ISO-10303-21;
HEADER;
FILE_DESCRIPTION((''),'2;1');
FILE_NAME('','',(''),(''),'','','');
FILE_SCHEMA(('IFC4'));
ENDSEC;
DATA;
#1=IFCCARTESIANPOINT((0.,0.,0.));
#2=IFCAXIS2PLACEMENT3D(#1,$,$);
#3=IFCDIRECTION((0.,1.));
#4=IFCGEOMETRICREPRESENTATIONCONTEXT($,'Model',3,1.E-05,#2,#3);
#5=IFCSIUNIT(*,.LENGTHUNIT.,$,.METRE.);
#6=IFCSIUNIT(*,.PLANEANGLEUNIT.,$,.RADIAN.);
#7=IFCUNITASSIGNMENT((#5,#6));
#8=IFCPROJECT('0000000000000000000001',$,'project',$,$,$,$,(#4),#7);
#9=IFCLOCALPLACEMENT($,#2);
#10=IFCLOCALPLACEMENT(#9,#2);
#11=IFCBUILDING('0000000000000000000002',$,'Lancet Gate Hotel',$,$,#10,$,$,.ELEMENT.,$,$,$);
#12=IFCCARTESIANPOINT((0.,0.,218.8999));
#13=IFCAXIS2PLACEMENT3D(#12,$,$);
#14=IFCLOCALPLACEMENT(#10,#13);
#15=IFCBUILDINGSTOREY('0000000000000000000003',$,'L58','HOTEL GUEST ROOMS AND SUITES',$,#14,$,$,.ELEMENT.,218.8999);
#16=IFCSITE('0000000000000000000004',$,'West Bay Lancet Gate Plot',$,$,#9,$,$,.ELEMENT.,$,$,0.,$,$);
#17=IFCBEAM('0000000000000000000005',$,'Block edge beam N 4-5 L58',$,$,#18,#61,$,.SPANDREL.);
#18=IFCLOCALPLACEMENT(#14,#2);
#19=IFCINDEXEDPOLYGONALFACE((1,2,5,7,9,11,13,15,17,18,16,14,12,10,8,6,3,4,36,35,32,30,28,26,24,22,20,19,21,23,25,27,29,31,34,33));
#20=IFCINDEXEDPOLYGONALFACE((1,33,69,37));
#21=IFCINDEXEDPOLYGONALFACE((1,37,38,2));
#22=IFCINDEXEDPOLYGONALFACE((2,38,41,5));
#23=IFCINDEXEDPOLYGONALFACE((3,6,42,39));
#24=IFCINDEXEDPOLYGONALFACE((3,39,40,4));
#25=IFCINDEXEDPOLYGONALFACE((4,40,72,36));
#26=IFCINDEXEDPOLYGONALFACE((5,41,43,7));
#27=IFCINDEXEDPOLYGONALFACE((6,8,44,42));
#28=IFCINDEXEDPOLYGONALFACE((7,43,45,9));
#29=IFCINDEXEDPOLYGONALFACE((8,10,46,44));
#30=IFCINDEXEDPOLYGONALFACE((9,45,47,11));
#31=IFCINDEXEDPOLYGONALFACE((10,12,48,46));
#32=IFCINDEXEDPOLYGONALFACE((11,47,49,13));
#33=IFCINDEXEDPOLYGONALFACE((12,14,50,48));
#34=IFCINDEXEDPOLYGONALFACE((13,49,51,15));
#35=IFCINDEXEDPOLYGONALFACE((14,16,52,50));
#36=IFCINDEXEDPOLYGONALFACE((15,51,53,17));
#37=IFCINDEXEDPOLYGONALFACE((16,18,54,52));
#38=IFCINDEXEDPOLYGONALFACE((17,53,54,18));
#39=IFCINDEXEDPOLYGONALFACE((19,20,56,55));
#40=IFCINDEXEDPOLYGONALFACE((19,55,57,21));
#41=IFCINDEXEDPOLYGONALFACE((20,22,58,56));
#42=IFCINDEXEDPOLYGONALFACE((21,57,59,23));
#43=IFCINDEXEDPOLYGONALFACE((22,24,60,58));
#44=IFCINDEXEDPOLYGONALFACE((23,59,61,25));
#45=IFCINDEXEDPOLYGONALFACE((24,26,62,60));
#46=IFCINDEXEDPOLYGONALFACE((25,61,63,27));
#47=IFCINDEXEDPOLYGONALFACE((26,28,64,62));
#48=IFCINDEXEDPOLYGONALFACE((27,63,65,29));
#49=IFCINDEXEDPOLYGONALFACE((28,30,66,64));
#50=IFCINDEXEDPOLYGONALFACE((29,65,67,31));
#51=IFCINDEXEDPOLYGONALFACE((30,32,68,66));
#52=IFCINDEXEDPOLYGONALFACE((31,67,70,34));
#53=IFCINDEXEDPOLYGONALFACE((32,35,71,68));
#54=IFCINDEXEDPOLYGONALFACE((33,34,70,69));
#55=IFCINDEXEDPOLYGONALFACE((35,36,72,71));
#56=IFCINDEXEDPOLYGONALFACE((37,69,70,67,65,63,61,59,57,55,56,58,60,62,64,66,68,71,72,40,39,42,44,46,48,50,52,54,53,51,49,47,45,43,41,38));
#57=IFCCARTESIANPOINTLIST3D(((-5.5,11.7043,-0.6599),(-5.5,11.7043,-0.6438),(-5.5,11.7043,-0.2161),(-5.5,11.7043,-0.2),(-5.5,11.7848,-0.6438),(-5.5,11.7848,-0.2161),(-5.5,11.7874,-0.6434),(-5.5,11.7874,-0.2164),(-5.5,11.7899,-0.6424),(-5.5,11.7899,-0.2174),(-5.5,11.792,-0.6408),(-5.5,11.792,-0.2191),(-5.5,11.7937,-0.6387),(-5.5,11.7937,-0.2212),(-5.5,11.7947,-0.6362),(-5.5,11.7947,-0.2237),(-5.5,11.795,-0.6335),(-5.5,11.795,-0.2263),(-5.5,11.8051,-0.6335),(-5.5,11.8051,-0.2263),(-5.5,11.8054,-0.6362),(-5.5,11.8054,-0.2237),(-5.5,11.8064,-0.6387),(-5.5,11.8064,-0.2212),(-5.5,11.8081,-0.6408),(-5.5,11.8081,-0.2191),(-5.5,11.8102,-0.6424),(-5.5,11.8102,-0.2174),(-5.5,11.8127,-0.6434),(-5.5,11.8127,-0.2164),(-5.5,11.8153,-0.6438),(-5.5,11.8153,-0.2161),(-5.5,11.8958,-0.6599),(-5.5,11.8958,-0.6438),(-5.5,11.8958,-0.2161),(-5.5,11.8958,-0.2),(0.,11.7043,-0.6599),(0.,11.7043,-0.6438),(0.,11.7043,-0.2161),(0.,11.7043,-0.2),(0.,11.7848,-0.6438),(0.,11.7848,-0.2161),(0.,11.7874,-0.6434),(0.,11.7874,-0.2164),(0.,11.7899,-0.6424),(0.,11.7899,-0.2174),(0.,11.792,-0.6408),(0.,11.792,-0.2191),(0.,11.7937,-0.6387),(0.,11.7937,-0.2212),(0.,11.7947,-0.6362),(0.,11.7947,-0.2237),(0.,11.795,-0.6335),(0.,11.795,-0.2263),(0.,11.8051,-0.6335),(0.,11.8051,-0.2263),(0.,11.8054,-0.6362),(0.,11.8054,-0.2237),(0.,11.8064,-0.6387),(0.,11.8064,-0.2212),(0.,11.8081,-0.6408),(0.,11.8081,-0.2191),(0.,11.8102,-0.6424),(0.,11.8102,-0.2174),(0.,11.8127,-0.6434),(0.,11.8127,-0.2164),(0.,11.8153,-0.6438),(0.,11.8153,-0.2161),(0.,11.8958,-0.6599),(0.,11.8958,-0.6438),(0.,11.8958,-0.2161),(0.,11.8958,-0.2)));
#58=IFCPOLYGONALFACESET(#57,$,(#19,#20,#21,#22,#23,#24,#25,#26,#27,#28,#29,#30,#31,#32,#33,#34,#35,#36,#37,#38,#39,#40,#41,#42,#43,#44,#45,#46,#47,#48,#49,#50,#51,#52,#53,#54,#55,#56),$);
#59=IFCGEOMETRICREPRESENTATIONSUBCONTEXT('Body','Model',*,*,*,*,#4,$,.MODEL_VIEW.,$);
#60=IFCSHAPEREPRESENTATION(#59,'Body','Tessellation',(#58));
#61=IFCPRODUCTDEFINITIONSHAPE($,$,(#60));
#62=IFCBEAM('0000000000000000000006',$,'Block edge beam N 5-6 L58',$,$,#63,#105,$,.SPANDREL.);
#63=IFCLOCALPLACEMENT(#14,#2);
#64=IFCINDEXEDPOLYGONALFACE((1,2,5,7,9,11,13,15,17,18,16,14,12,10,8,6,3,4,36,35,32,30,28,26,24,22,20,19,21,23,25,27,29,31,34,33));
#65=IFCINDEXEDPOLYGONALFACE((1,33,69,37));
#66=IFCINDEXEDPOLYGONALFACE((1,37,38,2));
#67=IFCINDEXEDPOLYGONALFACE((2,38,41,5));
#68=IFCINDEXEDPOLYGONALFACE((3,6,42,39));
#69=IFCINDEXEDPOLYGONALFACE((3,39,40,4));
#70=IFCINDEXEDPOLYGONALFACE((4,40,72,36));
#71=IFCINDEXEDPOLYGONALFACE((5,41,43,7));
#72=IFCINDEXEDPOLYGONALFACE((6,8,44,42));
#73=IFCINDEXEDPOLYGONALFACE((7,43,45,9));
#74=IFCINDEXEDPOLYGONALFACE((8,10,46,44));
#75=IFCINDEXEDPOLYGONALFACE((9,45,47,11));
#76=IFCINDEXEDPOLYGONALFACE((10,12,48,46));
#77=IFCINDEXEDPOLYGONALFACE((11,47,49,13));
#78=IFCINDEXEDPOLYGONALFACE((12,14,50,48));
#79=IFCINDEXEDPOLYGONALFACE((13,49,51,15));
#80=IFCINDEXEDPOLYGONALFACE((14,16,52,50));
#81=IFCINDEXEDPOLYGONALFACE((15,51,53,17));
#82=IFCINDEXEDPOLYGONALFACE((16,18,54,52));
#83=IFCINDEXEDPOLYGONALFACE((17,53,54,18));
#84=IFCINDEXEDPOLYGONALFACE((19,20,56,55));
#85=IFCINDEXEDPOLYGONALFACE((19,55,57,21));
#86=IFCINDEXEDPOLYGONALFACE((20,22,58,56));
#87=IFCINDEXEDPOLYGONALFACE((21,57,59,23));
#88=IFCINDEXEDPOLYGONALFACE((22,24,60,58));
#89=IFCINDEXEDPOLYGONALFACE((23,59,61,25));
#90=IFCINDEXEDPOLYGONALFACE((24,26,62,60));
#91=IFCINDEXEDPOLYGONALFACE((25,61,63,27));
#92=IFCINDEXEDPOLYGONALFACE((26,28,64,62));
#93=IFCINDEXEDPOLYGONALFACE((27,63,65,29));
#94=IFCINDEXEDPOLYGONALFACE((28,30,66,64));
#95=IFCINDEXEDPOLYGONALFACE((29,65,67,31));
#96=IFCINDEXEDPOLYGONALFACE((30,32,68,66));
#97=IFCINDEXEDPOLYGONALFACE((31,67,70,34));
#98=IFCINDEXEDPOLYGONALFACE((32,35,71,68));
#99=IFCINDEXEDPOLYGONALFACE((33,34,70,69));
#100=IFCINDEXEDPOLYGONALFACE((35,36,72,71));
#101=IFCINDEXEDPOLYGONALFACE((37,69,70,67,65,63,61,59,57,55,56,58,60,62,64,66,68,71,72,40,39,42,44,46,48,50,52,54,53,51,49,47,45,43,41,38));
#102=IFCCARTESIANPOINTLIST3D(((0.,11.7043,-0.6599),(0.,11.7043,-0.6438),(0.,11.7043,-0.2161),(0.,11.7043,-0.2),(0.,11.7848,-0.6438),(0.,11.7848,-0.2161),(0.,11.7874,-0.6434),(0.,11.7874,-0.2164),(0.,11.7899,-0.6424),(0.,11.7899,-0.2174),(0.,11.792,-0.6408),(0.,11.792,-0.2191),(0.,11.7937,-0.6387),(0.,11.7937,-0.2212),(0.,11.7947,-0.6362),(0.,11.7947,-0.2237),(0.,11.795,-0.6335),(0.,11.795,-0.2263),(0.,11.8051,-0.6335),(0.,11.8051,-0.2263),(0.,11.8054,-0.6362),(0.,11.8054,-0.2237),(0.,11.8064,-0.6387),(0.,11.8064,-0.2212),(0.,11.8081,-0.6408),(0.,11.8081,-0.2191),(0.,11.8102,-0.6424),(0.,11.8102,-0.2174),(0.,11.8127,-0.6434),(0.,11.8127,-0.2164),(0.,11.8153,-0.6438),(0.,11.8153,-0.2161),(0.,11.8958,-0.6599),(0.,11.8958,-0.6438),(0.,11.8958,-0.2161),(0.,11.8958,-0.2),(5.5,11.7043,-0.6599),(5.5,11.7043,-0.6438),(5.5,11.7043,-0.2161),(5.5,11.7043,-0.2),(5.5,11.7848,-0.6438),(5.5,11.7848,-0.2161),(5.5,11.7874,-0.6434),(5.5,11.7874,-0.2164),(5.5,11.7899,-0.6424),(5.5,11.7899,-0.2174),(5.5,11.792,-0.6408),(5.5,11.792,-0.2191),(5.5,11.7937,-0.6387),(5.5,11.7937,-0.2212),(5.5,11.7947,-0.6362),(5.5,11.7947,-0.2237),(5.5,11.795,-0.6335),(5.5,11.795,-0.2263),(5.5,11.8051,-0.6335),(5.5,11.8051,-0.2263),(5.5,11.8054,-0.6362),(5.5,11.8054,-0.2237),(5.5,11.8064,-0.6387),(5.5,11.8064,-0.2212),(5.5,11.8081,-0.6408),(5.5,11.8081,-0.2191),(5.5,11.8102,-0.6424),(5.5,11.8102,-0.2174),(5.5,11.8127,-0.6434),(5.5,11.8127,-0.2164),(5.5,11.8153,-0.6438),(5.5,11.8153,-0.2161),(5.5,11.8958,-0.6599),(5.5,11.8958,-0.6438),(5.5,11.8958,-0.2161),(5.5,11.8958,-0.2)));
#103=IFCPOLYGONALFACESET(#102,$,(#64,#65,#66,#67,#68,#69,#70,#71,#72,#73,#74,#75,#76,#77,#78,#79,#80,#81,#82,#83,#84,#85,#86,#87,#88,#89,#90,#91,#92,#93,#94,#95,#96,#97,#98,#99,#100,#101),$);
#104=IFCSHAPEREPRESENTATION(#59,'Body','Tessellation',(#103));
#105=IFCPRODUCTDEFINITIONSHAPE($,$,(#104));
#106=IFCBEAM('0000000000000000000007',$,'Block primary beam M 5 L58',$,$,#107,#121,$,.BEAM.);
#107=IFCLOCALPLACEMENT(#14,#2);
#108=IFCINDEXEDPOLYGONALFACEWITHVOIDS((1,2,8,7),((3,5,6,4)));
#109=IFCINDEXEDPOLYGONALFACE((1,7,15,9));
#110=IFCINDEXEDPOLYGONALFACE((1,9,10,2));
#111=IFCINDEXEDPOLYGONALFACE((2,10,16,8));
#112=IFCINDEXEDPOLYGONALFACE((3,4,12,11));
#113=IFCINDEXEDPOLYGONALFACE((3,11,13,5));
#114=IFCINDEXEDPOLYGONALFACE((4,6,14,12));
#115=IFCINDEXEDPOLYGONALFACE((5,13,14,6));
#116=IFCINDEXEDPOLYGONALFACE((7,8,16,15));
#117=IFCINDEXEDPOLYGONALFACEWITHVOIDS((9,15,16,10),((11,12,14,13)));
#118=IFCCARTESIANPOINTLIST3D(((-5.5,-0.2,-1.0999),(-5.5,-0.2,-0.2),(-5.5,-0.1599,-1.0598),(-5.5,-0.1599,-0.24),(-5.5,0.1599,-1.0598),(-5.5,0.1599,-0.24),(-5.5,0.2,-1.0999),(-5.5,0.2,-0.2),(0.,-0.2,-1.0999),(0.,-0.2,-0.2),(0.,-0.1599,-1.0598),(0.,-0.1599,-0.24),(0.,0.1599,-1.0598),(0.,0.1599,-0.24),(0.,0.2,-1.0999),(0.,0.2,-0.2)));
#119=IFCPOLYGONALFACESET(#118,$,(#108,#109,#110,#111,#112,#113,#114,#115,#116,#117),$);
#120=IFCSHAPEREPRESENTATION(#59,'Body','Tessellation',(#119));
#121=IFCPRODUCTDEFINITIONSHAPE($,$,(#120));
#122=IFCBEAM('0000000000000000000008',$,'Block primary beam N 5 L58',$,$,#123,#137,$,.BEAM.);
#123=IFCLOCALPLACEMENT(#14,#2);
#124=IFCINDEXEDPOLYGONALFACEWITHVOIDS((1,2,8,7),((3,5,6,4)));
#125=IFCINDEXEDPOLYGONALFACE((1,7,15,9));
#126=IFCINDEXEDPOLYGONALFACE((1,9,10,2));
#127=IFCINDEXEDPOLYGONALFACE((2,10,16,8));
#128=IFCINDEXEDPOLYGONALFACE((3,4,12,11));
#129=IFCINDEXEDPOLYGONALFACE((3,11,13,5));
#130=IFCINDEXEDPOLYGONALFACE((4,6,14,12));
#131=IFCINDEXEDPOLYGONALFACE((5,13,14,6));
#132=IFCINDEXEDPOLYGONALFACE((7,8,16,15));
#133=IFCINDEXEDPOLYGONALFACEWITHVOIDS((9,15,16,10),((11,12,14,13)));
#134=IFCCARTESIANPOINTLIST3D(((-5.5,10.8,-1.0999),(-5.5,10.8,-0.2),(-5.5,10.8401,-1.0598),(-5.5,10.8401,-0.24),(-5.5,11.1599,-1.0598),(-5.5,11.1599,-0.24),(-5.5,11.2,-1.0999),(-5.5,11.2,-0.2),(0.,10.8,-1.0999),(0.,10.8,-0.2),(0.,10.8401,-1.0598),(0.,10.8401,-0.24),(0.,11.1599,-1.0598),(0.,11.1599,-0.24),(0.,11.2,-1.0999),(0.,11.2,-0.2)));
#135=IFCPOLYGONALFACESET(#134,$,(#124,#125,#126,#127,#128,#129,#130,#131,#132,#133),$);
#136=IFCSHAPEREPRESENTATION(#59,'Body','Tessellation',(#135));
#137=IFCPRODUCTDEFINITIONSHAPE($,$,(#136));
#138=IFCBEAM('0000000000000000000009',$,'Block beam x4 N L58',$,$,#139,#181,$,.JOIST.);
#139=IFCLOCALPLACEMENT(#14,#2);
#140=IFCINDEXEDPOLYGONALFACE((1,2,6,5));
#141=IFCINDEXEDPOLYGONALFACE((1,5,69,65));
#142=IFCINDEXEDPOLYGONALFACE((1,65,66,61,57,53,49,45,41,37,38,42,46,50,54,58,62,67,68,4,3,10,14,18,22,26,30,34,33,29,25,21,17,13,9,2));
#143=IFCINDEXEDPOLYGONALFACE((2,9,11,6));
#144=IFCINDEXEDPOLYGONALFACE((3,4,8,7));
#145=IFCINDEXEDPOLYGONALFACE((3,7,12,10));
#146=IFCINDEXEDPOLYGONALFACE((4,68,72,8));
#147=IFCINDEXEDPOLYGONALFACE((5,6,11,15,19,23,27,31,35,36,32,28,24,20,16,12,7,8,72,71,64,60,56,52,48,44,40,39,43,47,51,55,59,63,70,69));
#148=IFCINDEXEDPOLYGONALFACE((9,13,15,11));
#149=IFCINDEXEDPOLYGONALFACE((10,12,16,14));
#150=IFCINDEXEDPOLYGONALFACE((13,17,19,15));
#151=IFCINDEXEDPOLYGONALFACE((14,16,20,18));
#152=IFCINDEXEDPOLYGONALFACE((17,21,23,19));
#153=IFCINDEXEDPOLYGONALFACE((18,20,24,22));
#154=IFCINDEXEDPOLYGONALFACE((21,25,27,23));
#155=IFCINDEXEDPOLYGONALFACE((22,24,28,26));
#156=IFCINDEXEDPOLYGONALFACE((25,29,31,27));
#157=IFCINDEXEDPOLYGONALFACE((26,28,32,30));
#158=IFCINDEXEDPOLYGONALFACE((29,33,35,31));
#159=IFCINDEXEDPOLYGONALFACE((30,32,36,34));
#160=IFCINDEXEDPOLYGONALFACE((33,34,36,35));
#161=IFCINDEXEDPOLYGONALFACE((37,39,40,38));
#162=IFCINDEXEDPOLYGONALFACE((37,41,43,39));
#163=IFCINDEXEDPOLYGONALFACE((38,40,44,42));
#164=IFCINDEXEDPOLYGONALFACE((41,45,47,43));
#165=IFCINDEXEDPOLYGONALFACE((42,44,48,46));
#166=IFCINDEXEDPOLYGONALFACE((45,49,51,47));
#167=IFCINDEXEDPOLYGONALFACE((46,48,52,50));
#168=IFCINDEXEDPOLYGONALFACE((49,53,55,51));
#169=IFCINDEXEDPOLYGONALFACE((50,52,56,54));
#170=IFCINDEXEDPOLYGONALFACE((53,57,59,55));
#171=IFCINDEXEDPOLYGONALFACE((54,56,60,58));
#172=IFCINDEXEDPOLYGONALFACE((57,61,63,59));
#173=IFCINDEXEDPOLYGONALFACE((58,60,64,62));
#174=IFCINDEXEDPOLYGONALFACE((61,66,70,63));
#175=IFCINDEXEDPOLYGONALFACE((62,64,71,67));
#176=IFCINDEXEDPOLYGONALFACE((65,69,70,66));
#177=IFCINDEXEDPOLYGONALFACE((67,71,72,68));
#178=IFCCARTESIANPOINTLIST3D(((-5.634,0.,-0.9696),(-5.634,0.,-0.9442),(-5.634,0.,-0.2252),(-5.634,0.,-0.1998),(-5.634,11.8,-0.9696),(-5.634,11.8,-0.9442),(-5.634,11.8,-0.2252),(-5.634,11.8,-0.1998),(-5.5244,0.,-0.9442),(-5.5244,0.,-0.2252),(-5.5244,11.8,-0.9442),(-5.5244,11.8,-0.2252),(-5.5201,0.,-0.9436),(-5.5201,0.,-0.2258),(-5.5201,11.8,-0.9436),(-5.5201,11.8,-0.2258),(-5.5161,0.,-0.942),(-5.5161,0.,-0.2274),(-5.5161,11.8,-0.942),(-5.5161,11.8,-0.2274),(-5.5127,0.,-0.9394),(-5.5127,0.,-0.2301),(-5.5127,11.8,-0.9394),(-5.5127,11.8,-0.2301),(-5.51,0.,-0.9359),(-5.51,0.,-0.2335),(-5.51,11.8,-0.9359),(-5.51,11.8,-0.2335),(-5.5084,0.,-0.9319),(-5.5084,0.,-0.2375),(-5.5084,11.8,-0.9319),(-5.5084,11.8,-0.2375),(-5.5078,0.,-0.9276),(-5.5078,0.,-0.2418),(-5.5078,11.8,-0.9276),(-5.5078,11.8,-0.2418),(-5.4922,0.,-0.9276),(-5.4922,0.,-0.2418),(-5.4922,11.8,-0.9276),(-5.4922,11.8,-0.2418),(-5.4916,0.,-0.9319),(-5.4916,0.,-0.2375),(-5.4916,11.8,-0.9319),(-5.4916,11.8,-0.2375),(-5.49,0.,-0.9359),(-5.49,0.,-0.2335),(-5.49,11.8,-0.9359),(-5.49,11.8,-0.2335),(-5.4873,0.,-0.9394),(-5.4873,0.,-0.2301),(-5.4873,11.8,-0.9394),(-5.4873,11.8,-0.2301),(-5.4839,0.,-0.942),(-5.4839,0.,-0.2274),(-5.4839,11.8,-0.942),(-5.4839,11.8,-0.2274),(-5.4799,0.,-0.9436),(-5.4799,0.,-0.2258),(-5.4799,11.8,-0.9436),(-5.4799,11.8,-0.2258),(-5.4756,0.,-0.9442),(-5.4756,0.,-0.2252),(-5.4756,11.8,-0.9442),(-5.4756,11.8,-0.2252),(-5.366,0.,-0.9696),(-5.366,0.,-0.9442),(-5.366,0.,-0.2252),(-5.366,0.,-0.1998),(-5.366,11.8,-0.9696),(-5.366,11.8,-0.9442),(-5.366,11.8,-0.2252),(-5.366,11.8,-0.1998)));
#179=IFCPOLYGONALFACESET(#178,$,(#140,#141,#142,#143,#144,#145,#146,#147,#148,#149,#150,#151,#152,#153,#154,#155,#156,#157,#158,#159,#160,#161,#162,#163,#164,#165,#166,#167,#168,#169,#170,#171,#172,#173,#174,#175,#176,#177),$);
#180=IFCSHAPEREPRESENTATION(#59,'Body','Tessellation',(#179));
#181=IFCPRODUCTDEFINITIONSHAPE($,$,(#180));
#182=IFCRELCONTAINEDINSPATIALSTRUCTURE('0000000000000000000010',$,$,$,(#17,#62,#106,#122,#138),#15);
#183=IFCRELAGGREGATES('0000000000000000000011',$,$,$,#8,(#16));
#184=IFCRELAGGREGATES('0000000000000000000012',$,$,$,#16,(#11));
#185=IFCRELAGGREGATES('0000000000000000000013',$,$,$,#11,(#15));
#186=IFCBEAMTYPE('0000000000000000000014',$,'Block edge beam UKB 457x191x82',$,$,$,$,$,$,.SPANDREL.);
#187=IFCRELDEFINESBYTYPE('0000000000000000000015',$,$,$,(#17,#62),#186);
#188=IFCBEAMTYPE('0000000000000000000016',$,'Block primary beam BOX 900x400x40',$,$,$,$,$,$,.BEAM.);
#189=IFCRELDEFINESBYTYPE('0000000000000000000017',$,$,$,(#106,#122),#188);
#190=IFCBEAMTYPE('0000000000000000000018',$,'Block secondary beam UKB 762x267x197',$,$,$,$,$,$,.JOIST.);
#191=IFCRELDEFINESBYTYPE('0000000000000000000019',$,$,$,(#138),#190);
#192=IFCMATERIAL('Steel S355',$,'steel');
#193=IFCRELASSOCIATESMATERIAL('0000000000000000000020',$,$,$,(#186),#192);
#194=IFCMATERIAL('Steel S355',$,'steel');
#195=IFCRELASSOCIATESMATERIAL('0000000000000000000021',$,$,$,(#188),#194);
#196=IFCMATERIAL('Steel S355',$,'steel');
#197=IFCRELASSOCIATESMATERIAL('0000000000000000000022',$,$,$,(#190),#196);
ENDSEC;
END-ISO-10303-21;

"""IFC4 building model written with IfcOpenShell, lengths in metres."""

from ifc_helpers import new_model, si_unit, direction, frame, origin, origin_2d, place, context, subcontext, project, spatial, hollow_rectangle, i_section, extrude, material, material_profile, profile_set, type_object, element, save


model = new_model("IFC4")

# Units and contexts
model_context = context("Model", 3, precision=1e-05, world=origin(), true_north=direction((0.0, 1.0)))
body_context = subcontext(model_context, "Body", "Model", "MODEL_VIEW")
ifc_project = project(units=[si_unit("LENGTHUNIT", "METRE"), si_unit("PLANEANGLEUNIT", "RADIAN")], contexts=[model_context])

# Site, building, storey
site_placement = place(None, origin())
site = spatial("IfcSite", under=ifc_project, at=site_placement, Name="West Bay Lancet Gate Plot", CompositionType="ELEMENT", RefElevation=0.0)
building_placement = place(site_placement, origin())
building = spatial("IfcBuilding", under=site, at=building_placement, Name="Lancet Gate Hotel", CompositionType="ELEMENT")
storey_placement = place(building_placement, frame((0.0, 0.0, 218.8999)))
storey = spatial("IfcBuildingStorey", under=building, at=storey_placement, Name="L58", Description="HOTEL GUEST ROOMS AND SUITES", CompositionType="ELEMENT", Elevation=218.8999)

# Beams
ifc_material_1 = material(Name="Steel S355", Category="steel")
ifc_material_profile_1 = material_profile(ifc_material_1, i_section(OverallWidth=0.1914, OverallDepth=0.46, WebThickness=0.01, FlangeThickness=0.0161, FilletRadius=0.0103, at=origin_2d()), Name="UKB 457x191x82")
ifc_profile_set_1 = profile_set([ifc_material_profile_1], Name="Steel S355")
beam_type_1 = type_object("IfcBeamType", Name="Block edge beam UKB 457x191x82", PredefinedType="SPANDREL", material=ifc_profile_set_1)
for number, where, z_axis, x_axis, name in (
    (1, (-5.5, 11.8, -0.4299), (1.0, 0.0, 0.0), (0.0, 1.0, 0.0), "Block edge beam N 4-5 L58"),
    (2, (0.0, 11.8, -0.4299), (1.0, 0.0, 0.0), (0.0, 1.0, 0.0), "Block edge beam N 5-6 L58"),
):
    element("IfcBeam", number, at=place(storey_placement, frame(where, z_axis=z_axis, x_axis=x_axis)), inside=storey, type_object=beam_type_1, Name=name, PredefinedType="SPANDREL", context=body_context, shape_type="SweptSolid", body=[
        extrude(i_section(OverallWidth=0.1914, OverallDepth=0.46, WebThickness=0.01, FlangeThickness=0.0161, FilletRadius=0.0103, at=origin_2d()), origin(), (0.0, 0.0, 1.0), 5.5),
    ])
ifc_material_2 = material(Name="Steel S355", Category="steel")
ifc_material_profile_2 = material_profile(ifc_material_2, hollow_rectangle(XDim=0.3999, YDim=0.8999, WallThickness=0.04, at=origin_2d()), Name="BOX 900x400x40")
ifc_profile_set_2 = profile_set([ifc_material_profile_2], Name="Steel S355")
beam_type_2 = type_object("IfcBeamType", Name="Block primary beam BOX 900x400x40", PredefinedType="BEAM", material=ifc_profile_set_2)
for number, where, z_axis, x_axis, name in (
    (3, (-5.5, 0.0, -0.6499), (1.0, 0.0, 0.0), (0.0, 1.0, 0.0), "Block primary beam M 5 L58"),
    (4, (-5.5, 11.0, -0.6499), (1.0, 0.0, 0.0), (0.0, 1.0, 0.0), "Block primary beam N 5 L58"),
):
    element("IfcBeam", number, at=place(storey_placement, frame(where, z_axis=z_axis, x_axis=x_axis)), inside=storey, type_object=beam_type_2, Name=name, PredefinedType="BEAM", context=body_context, shape_type="SweptSolid", body=[
        extrude(hollow_rectangle(XDim=0.3999, YDim=0.8999, WallThickness=0.04, at=origin_2d()), origin(), (0.0, 0.0, 1.0), 5.5),
    ])
ifc_material_3 = material(Name="Steel S355", Category="steel")
ifc_material_profile_3 = material_profile(ifc_material_3, i_section(OverallWidth=0.2681, OverallDepth=0.7698, WebThickness=0.0156, FlangeThickness=0.0254, FilletRadius=0.0166, at=origin_2d()), Name="UKB 762x267x197")
ifc_profile_set_3 = profile_set([ifc_material_profile_3], Name="Steel S355")
beam_type_3 = type_object("IfcBeamType", Name="Block secondary beam UKB 762x267x197", PredefinedType="JOIST", material=ifc_profile_set_3)
for number, where, z_axis, x_axis, name in (
    (5, (-5.5, 0.0, -0.5847), (0.0, 1.0, 0.0), (-1.0, 0.0, 0.0), "Block beam x4 N L58"),
):
    element("IfcBeam", number, at=place(storey_placement, frame(where, z_axis=z_axis, x_axis=x_axis)), inside=storey, type_object=beam_type_3, Name=name, PredefinedType="JOIST", context=body_context, shape_type="SweptSolid", body=[
        extrude(i_section(OverallWidth=0.2681, OverallDepth=0.7698, WebThickness=0.0156, FlangeThickness=0.0254, FilletRadius=0.0166, at=origin_2d()), origin(), (0.0, 0.0, 1.0), 11.8),
    ])

save(model, "model.ifc")
